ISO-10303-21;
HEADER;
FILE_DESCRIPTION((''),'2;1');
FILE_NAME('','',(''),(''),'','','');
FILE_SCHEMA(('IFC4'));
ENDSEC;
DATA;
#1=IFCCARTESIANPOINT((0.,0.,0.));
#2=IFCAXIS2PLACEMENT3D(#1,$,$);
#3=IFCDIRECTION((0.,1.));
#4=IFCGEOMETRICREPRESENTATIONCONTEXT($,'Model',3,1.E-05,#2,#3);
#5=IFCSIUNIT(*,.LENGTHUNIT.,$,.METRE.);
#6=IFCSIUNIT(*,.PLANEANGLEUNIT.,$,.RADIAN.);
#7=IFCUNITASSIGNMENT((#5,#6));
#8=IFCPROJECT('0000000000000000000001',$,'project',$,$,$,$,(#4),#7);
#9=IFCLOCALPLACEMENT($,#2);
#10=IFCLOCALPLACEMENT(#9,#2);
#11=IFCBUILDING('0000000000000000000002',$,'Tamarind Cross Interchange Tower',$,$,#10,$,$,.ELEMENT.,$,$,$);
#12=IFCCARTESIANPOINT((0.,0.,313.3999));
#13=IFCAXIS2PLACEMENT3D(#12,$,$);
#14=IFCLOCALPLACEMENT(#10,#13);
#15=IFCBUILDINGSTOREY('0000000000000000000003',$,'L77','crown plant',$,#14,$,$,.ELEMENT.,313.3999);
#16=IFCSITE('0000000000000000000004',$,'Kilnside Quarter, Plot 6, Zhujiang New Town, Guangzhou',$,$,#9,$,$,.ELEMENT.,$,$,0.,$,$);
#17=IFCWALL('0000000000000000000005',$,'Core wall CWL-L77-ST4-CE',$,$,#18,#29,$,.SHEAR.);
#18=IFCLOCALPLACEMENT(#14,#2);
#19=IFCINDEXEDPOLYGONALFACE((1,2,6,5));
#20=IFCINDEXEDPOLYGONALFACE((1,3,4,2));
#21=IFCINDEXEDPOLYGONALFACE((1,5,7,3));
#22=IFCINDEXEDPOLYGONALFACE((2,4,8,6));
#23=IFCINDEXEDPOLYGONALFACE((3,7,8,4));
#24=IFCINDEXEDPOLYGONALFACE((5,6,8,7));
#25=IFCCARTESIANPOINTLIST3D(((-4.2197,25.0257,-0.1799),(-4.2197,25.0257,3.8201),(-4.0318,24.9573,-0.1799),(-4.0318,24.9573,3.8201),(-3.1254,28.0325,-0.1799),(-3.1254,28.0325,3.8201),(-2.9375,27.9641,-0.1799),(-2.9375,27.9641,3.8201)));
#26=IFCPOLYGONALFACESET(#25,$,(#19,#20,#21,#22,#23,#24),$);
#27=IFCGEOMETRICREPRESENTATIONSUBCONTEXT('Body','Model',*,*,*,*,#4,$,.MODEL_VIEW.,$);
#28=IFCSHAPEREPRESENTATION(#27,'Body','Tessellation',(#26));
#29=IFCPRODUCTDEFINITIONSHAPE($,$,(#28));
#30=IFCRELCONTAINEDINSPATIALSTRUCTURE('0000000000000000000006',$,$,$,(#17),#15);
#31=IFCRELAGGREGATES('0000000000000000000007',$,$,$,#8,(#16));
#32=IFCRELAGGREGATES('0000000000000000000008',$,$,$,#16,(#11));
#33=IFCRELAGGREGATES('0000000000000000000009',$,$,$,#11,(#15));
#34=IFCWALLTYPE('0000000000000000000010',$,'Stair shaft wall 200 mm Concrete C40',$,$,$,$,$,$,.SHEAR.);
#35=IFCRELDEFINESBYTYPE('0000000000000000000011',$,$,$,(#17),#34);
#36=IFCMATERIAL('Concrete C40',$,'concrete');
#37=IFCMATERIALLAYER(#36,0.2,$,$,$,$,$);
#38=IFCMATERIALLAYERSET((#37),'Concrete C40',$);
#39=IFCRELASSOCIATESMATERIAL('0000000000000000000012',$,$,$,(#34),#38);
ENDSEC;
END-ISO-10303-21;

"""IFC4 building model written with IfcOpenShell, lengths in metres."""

from ifc_helpers import new_model, si_unit, direction, frame, frame_2d, origin, place, context, subcontext, project, spatial, rectangle, extrude, material, layer, layer_set, type_object, element, save


model = new_model("IFC4")

# Units and contexts
model_context = context("Model", 3, precision=1e-05, world=origin(), true_north=direction((0.0, 1.0)))
body_context = subcontext(model_context, "Body", "Model", "MODEL_VIEW")
ifc_project = project(units=[si_unit("LENGTHUNIT", "METRE"), si_unit("PLANEANGLEUNIT", "RADIAN")], contexts=[model_context])

# Site, building, storey
site_placement = place(None, origin())
site = spatial("IfcSite", under=ifc_project, at=site_placement, Name="Kilnside Quarter, Plot 6, Zhujiang New Town, Guangzhou", CompositionType="ELEMENT", RefElevation=0.0)
building_placement = place(site_placement, origin())
building = spatial("IfcBuilding", under=site, at=building_placement, Name="Tamarind Cross Interchange Tower", CompositionType="ELEMENT")
storey_placement = place(building_placement, frame((0.0, 0.0, 313.3999)))
storey = spatial("IfcBuildingStorey", under=building, at=storey_placement, Name="L77", Description="crown plant", CompositionType="ELEMENT", Elevation=313.3999)

# Wall
ifc_material_1 = material(Name="Concrete C40", Category="concrete")
ifc_layer_1 = layer(ifc_material_1, 0.2)
ifc_layer_set_1 = layer_set([ifc_layer_1], Name="Concrete C40")
wall_type_1 = type_object("IfcWallType", Name="Stair shaft wall 200 mm Concrete C40", PredefinedType="SHEAR", material=ifc_layer_set_1)
wall_1_placement = place(storey_placement, frame((-3.0315, 27.9983, -0.1799), z_axis=(0.0, 0.0, 1.0), x_axis=(-0.341976, -0.939709, 0.0)))
element("IfcWall", 1, at=wall_1_placement, inside=storey, type_object=wall_type_1, Name="Core wall CWL-L77-ST4-CE", PredefinedType="SHEAR", context=body_context, shape_type="SweptSolid", body=[
    extrude(rectangle(XDim=3.1997, YDim=0.2, at=frame_2d((1.5999, 0.0))), origin(), (0.0, 0.0, 1.0), 4.0),
])

save(model, "model.ifc")
